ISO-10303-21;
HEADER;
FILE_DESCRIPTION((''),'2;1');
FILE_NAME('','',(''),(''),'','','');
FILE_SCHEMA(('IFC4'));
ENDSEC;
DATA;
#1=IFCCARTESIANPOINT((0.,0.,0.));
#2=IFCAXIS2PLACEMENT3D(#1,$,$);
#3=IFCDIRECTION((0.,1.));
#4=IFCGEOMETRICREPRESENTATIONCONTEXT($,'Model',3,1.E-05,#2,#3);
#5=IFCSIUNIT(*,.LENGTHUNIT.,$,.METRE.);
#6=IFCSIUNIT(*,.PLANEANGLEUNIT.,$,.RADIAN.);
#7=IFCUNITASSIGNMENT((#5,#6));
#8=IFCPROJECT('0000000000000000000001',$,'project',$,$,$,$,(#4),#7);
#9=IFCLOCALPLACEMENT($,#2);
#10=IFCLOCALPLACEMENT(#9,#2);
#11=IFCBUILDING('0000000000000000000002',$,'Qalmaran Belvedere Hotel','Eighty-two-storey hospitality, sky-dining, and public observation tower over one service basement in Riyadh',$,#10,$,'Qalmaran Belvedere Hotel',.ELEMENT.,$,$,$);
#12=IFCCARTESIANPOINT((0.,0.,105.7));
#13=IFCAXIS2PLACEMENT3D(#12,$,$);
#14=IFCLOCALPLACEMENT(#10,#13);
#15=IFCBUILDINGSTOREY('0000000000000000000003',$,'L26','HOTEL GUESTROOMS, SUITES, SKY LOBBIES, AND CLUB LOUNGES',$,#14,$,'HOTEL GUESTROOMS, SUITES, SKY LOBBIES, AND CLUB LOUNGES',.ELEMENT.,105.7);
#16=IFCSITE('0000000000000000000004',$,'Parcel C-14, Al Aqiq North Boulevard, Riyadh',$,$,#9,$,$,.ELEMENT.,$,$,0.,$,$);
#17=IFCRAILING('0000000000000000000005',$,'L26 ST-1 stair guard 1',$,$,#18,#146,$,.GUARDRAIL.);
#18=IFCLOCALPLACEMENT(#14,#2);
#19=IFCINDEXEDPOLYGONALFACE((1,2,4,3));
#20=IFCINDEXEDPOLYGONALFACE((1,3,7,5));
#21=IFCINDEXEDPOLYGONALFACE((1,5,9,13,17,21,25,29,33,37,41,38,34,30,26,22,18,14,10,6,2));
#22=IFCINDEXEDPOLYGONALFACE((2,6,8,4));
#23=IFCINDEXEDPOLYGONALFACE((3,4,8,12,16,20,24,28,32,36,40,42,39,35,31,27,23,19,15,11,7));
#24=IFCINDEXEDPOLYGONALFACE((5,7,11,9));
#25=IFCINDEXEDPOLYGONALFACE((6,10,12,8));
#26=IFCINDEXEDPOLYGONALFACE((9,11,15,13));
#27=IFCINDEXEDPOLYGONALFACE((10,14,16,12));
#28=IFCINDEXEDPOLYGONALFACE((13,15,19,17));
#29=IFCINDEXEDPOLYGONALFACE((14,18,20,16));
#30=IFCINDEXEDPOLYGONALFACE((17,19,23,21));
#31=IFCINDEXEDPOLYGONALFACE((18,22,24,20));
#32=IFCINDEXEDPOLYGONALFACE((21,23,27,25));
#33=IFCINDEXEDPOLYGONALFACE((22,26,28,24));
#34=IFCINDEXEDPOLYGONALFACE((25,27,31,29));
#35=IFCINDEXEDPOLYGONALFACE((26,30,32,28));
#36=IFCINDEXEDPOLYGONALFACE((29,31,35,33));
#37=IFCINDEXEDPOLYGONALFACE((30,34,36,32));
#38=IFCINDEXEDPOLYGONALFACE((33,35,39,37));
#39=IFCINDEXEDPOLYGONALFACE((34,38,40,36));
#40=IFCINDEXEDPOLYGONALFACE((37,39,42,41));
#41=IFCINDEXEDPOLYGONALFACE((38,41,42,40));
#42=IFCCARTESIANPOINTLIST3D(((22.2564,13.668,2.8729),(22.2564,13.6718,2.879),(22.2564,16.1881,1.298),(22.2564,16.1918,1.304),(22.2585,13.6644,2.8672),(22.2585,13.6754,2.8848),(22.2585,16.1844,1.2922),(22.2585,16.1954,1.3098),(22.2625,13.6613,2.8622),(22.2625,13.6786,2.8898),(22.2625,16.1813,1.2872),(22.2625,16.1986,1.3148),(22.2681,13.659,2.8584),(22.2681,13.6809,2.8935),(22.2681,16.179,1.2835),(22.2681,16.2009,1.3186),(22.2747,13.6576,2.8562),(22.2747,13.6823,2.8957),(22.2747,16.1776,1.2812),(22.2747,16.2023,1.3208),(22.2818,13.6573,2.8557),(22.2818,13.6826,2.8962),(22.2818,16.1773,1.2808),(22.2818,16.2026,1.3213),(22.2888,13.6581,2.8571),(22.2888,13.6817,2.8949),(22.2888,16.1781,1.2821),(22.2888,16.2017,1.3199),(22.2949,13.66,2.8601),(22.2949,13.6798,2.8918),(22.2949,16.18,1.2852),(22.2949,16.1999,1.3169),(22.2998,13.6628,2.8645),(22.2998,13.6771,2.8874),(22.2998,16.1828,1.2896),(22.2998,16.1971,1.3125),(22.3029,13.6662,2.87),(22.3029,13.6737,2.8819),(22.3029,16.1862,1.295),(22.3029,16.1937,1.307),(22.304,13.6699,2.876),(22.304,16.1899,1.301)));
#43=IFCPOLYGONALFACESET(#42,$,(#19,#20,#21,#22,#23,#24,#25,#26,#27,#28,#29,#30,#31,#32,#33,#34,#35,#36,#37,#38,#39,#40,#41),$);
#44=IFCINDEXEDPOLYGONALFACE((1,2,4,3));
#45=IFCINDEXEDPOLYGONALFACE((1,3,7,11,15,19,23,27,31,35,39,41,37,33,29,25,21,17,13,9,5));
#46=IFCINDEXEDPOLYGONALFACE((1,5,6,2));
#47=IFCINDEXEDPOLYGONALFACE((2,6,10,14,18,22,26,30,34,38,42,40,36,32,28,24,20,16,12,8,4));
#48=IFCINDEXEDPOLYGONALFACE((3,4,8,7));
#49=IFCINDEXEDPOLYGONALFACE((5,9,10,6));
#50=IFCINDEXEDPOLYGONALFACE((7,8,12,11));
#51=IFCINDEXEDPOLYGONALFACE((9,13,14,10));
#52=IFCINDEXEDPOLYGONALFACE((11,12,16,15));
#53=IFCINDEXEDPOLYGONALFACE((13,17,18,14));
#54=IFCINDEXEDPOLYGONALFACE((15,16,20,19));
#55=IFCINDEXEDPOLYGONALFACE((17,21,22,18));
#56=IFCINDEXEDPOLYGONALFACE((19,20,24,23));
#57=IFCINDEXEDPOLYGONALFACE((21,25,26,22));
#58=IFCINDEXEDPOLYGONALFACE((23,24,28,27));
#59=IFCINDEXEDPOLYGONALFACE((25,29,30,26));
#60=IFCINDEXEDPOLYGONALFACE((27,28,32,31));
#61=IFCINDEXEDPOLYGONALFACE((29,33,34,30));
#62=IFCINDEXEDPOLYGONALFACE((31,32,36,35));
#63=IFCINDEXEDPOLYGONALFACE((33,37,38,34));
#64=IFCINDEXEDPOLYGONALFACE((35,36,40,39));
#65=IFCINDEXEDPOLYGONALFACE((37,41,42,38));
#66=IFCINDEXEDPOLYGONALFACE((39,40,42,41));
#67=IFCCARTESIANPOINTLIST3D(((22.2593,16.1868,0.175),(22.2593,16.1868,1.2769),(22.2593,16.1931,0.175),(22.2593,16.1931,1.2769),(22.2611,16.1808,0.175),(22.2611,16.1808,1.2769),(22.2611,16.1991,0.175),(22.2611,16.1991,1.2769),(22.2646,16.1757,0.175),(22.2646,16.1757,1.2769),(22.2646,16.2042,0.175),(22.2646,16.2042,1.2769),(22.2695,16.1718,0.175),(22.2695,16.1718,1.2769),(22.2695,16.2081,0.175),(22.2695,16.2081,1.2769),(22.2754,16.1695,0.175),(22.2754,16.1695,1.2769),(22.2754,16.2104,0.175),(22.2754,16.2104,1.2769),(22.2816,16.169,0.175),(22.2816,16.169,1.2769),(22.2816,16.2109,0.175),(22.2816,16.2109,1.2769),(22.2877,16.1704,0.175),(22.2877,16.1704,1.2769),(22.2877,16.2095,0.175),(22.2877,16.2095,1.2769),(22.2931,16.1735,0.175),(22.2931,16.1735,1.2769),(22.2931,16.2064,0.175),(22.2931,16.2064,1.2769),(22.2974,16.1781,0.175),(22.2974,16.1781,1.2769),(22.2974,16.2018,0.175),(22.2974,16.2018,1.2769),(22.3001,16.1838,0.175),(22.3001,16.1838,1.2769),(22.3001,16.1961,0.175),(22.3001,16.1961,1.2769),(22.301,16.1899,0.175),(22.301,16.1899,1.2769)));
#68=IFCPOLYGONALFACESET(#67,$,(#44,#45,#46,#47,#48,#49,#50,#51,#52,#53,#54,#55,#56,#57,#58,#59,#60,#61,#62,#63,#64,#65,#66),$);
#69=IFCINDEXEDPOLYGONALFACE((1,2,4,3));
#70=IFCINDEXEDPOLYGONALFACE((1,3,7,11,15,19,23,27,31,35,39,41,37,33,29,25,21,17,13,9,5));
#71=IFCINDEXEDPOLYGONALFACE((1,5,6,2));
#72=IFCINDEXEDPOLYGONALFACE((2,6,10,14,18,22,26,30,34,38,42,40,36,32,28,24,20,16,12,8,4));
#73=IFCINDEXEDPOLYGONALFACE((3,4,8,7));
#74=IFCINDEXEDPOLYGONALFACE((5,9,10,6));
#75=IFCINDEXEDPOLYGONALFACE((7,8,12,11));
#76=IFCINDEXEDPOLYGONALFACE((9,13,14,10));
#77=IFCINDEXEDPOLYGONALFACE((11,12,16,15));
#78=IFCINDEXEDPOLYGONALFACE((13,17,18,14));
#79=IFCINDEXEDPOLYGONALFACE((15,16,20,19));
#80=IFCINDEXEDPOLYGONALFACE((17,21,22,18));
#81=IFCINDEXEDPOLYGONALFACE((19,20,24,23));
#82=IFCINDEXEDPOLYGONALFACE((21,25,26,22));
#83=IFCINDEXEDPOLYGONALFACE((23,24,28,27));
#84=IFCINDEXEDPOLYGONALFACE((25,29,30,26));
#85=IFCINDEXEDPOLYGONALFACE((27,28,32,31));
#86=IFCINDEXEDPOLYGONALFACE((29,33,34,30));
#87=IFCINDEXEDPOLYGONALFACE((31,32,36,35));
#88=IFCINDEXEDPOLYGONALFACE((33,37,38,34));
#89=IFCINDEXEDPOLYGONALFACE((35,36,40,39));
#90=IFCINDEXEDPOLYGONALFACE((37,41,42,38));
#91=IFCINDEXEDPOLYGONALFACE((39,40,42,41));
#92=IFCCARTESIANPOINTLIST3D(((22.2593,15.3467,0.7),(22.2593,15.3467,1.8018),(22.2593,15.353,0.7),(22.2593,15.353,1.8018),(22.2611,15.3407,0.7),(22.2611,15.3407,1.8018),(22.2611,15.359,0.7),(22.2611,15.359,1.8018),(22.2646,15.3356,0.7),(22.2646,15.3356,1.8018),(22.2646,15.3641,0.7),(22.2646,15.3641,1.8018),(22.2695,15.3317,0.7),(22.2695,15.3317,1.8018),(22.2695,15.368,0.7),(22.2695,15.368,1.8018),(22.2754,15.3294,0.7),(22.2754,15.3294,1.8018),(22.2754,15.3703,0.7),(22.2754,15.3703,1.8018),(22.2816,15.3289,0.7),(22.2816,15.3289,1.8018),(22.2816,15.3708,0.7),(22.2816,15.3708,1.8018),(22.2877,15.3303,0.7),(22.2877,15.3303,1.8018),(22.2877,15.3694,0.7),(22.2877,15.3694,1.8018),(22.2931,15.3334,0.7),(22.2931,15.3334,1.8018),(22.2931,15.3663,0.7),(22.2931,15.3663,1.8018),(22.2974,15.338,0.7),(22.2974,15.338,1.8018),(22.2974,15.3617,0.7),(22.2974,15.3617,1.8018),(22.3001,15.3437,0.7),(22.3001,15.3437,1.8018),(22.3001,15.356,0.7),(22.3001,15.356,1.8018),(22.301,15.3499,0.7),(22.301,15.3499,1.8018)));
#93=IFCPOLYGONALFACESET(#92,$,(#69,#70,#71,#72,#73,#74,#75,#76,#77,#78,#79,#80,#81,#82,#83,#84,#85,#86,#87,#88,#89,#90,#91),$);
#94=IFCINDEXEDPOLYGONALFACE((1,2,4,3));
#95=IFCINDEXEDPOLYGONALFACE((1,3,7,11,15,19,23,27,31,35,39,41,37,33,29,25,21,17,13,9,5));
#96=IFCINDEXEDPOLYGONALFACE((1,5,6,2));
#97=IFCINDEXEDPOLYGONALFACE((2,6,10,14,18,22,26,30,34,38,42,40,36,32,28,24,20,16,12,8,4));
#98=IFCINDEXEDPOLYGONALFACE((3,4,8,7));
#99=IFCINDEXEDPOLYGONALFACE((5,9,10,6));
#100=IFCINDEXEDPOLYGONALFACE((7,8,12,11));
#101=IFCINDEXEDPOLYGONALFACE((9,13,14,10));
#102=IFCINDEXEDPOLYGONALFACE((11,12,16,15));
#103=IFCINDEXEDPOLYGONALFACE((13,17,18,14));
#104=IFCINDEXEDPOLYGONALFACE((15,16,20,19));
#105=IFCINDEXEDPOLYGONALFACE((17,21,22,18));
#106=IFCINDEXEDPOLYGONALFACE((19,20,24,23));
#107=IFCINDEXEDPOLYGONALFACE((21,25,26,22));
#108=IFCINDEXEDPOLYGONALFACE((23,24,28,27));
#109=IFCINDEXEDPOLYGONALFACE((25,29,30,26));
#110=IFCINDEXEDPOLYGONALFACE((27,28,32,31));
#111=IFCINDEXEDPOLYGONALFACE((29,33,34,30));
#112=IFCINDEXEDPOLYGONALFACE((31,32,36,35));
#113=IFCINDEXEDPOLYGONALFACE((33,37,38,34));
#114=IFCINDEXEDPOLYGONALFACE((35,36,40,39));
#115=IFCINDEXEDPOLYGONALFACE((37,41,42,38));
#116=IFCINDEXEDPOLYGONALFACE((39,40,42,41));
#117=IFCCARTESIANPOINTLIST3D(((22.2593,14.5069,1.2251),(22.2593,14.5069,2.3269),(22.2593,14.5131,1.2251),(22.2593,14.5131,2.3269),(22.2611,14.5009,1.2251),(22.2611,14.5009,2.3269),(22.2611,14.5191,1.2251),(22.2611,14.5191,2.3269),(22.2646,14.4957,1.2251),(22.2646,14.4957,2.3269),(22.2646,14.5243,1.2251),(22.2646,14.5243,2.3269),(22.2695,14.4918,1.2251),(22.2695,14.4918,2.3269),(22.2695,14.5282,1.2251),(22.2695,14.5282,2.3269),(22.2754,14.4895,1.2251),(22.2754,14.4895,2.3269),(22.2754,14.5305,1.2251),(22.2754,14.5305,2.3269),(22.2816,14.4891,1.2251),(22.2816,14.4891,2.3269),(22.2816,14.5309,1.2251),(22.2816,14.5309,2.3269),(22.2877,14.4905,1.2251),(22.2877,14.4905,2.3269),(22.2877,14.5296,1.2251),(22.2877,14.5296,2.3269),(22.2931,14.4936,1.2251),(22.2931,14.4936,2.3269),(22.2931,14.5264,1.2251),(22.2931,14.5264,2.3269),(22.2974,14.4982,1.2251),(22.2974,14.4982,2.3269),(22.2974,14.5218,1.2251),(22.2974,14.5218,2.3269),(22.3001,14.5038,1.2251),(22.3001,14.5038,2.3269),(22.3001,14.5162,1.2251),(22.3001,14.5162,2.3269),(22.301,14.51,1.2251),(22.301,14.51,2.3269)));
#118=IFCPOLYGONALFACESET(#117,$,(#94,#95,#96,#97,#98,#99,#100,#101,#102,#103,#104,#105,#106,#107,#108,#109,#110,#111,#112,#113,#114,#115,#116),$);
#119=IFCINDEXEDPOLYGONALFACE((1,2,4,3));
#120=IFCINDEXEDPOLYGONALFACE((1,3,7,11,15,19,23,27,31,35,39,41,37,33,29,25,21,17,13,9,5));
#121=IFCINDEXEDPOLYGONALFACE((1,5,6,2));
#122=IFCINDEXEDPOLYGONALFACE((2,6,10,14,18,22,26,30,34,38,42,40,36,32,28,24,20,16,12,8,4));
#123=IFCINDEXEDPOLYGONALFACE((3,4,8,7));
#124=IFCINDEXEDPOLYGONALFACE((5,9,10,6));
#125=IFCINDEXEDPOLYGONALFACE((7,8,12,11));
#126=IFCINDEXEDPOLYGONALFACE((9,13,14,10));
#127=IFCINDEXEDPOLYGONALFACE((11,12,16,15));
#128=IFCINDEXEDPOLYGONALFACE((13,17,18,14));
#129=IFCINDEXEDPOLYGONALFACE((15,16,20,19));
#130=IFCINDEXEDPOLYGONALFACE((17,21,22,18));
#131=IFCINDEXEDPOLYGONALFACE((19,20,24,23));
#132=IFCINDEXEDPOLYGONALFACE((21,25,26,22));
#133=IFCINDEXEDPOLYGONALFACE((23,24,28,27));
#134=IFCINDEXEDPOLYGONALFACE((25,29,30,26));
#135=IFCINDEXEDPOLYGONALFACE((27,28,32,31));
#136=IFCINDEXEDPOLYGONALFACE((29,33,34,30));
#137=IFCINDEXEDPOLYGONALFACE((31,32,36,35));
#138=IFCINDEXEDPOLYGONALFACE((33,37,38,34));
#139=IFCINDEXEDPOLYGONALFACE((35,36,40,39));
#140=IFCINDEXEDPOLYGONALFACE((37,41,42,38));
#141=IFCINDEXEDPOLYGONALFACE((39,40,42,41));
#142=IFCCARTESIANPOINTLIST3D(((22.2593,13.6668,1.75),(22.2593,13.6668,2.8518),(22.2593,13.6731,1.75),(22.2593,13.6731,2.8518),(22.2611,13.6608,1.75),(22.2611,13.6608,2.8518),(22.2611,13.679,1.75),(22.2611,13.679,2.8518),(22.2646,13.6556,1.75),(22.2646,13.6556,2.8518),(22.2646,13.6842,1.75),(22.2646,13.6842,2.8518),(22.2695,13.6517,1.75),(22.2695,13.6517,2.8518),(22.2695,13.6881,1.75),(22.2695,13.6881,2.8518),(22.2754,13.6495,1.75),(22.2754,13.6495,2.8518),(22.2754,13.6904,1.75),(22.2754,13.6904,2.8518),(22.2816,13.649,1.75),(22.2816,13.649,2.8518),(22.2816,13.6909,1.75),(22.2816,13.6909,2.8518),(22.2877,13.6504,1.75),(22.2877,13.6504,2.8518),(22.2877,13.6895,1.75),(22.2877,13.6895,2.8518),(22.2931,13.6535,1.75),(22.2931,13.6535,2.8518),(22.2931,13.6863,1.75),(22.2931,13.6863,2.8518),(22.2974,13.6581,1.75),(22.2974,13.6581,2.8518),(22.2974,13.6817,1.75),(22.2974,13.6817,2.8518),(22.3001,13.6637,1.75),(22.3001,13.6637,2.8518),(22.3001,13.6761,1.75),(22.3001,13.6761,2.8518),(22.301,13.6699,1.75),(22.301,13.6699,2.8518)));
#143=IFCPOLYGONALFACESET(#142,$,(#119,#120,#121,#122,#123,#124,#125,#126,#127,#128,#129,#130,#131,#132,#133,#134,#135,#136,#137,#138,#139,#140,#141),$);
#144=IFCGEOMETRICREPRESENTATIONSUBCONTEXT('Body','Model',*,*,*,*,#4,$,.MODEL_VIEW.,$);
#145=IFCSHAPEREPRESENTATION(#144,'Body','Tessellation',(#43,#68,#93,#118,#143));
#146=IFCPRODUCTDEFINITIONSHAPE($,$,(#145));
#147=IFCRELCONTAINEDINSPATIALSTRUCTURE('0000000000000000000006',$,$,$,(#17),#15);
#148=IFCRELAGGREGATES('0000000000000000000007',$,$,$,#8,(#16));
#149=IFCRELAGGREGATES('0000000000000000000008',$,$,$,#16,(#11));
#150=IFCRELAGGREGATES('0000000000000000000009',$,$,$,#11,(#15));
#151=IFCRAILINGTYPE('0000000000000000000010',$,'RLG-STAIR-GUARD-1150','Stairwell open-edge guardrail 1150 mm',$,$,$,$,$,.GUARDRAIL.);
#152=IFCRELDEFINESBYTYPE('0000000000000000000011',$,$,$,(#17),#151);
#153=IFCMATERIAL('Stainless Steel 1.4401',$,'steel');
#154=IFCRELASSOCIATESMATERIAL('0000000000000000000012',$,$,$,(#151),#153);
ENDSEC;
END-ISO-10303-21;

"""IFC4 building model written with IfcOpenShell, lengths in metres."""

from ifc_helpers import new_model, si_unit, direction, frame, origin, origin_2d, place, context, subcontext, project, spatial, circle, extrude, material, type_object, element, save


model = new_model("IFC4")

# Units and contexts
model_context = context("Model", 3, precision=1e-05, world=origin(), true_north=direction((0.0, 1.0)))
body_context = subcontext(model_context, "Body", "Model", "MODEL_VIEW")
ifc_project = project(units=[si_unit("LENGTHUNIT", "METRE"), si_unit("PLANEANGLEUNIT", "RADIAN")], contexts=[model_context])

# Site, building, storey
site_placement = place(None, origin())
site = spatial("IfcSite", under=ifc_project, at=site_placement, Name="Parcel C-14, Al Aqiq North Boulevard, Riyadh", CompositionType="ELEMENT", RefElevation=0.0)
building_placement = place(site_placement, origin())
building = spatial("IfcBuilding", under=site, at=building_placement, Name="Qalmaran Belvedere Hotel", Description="Eighty-two-storey hospitality, sky-dining, and public observation tower over one service basement in Riyadh", LongName="Qalmaran Belvedere Hotel", CompositionType="ELEMENT")
storey_placement = place(building_placement, frame((0.0, 0.0, 105.7)))
storey = spatial("IfcBuildingStorey", under=building, at=storey_placement, Name="L26", Description="HOTEL GUESTROOMS, SUITES, SKY LOBBIES, AND CLUB LOUNGES", LongName="HOTEL GUESTROOMS, SUITES, SKY LOBBIES, AND CLUB LOUNGES", CompositionType="ELEMENT", Elevation=105.7)

# Shared definitions
ifc_material_1 = material(Name="Stainless Steel 1.4401", Category="steel")

# Railing
railing_type_1 = type_object("IfcRailingType", Name="RLG-STAIR-GUARD-1150", Description="Stairwell open-edge guardrail 1150 mm", PredefinedType="GUARDRAIL", material=ifc_material_1)
railing_1_placement = place(storey_placement, frame((22.28, 16.1899, 0.175)))
element("IfcRailing", 1, at=railing_1_placement, inside=storey, type_object=railing_type_1, Name="L26 ST-1 stair guard 1", PredefinedType="GUARDRAIL", context=body_context, shape_type="SweptSolid", body=[
    extrude(circle(Radius=0.0239, at=origin_2d()), frame((0.0, 0.0, 1.126), z_axis=(0.0, -0.848008, 0.529984), x_axis=(1.0, 0.0, 0.0)), (0.0, 0.0, 1.0), 2.9717),
    extrude(circle(Radius=0.021, at=origin_2d()), origin(), (0.0, 0.0, 1.0), 1.1018),
    extrude(circle(Radius=0.021, at=origin_2d()), frame((0.0, -0.8401, 0.5249)), (0.0, 0.0, 1.0), 1.1018),
    extrude(circle(Radius=0.021, at=origin_2d()), frame((0.0, -1.6799, 1.05)), (0.0, 0.0, 1.0), 1.1018),
    extrude(circle(Radius=0.021, at=origin_2d()), frame((0.0, -2.52, 1.575)), (0.0, 0.0, 1.0), 1.1018),
])

save(model, "model.ifc")
